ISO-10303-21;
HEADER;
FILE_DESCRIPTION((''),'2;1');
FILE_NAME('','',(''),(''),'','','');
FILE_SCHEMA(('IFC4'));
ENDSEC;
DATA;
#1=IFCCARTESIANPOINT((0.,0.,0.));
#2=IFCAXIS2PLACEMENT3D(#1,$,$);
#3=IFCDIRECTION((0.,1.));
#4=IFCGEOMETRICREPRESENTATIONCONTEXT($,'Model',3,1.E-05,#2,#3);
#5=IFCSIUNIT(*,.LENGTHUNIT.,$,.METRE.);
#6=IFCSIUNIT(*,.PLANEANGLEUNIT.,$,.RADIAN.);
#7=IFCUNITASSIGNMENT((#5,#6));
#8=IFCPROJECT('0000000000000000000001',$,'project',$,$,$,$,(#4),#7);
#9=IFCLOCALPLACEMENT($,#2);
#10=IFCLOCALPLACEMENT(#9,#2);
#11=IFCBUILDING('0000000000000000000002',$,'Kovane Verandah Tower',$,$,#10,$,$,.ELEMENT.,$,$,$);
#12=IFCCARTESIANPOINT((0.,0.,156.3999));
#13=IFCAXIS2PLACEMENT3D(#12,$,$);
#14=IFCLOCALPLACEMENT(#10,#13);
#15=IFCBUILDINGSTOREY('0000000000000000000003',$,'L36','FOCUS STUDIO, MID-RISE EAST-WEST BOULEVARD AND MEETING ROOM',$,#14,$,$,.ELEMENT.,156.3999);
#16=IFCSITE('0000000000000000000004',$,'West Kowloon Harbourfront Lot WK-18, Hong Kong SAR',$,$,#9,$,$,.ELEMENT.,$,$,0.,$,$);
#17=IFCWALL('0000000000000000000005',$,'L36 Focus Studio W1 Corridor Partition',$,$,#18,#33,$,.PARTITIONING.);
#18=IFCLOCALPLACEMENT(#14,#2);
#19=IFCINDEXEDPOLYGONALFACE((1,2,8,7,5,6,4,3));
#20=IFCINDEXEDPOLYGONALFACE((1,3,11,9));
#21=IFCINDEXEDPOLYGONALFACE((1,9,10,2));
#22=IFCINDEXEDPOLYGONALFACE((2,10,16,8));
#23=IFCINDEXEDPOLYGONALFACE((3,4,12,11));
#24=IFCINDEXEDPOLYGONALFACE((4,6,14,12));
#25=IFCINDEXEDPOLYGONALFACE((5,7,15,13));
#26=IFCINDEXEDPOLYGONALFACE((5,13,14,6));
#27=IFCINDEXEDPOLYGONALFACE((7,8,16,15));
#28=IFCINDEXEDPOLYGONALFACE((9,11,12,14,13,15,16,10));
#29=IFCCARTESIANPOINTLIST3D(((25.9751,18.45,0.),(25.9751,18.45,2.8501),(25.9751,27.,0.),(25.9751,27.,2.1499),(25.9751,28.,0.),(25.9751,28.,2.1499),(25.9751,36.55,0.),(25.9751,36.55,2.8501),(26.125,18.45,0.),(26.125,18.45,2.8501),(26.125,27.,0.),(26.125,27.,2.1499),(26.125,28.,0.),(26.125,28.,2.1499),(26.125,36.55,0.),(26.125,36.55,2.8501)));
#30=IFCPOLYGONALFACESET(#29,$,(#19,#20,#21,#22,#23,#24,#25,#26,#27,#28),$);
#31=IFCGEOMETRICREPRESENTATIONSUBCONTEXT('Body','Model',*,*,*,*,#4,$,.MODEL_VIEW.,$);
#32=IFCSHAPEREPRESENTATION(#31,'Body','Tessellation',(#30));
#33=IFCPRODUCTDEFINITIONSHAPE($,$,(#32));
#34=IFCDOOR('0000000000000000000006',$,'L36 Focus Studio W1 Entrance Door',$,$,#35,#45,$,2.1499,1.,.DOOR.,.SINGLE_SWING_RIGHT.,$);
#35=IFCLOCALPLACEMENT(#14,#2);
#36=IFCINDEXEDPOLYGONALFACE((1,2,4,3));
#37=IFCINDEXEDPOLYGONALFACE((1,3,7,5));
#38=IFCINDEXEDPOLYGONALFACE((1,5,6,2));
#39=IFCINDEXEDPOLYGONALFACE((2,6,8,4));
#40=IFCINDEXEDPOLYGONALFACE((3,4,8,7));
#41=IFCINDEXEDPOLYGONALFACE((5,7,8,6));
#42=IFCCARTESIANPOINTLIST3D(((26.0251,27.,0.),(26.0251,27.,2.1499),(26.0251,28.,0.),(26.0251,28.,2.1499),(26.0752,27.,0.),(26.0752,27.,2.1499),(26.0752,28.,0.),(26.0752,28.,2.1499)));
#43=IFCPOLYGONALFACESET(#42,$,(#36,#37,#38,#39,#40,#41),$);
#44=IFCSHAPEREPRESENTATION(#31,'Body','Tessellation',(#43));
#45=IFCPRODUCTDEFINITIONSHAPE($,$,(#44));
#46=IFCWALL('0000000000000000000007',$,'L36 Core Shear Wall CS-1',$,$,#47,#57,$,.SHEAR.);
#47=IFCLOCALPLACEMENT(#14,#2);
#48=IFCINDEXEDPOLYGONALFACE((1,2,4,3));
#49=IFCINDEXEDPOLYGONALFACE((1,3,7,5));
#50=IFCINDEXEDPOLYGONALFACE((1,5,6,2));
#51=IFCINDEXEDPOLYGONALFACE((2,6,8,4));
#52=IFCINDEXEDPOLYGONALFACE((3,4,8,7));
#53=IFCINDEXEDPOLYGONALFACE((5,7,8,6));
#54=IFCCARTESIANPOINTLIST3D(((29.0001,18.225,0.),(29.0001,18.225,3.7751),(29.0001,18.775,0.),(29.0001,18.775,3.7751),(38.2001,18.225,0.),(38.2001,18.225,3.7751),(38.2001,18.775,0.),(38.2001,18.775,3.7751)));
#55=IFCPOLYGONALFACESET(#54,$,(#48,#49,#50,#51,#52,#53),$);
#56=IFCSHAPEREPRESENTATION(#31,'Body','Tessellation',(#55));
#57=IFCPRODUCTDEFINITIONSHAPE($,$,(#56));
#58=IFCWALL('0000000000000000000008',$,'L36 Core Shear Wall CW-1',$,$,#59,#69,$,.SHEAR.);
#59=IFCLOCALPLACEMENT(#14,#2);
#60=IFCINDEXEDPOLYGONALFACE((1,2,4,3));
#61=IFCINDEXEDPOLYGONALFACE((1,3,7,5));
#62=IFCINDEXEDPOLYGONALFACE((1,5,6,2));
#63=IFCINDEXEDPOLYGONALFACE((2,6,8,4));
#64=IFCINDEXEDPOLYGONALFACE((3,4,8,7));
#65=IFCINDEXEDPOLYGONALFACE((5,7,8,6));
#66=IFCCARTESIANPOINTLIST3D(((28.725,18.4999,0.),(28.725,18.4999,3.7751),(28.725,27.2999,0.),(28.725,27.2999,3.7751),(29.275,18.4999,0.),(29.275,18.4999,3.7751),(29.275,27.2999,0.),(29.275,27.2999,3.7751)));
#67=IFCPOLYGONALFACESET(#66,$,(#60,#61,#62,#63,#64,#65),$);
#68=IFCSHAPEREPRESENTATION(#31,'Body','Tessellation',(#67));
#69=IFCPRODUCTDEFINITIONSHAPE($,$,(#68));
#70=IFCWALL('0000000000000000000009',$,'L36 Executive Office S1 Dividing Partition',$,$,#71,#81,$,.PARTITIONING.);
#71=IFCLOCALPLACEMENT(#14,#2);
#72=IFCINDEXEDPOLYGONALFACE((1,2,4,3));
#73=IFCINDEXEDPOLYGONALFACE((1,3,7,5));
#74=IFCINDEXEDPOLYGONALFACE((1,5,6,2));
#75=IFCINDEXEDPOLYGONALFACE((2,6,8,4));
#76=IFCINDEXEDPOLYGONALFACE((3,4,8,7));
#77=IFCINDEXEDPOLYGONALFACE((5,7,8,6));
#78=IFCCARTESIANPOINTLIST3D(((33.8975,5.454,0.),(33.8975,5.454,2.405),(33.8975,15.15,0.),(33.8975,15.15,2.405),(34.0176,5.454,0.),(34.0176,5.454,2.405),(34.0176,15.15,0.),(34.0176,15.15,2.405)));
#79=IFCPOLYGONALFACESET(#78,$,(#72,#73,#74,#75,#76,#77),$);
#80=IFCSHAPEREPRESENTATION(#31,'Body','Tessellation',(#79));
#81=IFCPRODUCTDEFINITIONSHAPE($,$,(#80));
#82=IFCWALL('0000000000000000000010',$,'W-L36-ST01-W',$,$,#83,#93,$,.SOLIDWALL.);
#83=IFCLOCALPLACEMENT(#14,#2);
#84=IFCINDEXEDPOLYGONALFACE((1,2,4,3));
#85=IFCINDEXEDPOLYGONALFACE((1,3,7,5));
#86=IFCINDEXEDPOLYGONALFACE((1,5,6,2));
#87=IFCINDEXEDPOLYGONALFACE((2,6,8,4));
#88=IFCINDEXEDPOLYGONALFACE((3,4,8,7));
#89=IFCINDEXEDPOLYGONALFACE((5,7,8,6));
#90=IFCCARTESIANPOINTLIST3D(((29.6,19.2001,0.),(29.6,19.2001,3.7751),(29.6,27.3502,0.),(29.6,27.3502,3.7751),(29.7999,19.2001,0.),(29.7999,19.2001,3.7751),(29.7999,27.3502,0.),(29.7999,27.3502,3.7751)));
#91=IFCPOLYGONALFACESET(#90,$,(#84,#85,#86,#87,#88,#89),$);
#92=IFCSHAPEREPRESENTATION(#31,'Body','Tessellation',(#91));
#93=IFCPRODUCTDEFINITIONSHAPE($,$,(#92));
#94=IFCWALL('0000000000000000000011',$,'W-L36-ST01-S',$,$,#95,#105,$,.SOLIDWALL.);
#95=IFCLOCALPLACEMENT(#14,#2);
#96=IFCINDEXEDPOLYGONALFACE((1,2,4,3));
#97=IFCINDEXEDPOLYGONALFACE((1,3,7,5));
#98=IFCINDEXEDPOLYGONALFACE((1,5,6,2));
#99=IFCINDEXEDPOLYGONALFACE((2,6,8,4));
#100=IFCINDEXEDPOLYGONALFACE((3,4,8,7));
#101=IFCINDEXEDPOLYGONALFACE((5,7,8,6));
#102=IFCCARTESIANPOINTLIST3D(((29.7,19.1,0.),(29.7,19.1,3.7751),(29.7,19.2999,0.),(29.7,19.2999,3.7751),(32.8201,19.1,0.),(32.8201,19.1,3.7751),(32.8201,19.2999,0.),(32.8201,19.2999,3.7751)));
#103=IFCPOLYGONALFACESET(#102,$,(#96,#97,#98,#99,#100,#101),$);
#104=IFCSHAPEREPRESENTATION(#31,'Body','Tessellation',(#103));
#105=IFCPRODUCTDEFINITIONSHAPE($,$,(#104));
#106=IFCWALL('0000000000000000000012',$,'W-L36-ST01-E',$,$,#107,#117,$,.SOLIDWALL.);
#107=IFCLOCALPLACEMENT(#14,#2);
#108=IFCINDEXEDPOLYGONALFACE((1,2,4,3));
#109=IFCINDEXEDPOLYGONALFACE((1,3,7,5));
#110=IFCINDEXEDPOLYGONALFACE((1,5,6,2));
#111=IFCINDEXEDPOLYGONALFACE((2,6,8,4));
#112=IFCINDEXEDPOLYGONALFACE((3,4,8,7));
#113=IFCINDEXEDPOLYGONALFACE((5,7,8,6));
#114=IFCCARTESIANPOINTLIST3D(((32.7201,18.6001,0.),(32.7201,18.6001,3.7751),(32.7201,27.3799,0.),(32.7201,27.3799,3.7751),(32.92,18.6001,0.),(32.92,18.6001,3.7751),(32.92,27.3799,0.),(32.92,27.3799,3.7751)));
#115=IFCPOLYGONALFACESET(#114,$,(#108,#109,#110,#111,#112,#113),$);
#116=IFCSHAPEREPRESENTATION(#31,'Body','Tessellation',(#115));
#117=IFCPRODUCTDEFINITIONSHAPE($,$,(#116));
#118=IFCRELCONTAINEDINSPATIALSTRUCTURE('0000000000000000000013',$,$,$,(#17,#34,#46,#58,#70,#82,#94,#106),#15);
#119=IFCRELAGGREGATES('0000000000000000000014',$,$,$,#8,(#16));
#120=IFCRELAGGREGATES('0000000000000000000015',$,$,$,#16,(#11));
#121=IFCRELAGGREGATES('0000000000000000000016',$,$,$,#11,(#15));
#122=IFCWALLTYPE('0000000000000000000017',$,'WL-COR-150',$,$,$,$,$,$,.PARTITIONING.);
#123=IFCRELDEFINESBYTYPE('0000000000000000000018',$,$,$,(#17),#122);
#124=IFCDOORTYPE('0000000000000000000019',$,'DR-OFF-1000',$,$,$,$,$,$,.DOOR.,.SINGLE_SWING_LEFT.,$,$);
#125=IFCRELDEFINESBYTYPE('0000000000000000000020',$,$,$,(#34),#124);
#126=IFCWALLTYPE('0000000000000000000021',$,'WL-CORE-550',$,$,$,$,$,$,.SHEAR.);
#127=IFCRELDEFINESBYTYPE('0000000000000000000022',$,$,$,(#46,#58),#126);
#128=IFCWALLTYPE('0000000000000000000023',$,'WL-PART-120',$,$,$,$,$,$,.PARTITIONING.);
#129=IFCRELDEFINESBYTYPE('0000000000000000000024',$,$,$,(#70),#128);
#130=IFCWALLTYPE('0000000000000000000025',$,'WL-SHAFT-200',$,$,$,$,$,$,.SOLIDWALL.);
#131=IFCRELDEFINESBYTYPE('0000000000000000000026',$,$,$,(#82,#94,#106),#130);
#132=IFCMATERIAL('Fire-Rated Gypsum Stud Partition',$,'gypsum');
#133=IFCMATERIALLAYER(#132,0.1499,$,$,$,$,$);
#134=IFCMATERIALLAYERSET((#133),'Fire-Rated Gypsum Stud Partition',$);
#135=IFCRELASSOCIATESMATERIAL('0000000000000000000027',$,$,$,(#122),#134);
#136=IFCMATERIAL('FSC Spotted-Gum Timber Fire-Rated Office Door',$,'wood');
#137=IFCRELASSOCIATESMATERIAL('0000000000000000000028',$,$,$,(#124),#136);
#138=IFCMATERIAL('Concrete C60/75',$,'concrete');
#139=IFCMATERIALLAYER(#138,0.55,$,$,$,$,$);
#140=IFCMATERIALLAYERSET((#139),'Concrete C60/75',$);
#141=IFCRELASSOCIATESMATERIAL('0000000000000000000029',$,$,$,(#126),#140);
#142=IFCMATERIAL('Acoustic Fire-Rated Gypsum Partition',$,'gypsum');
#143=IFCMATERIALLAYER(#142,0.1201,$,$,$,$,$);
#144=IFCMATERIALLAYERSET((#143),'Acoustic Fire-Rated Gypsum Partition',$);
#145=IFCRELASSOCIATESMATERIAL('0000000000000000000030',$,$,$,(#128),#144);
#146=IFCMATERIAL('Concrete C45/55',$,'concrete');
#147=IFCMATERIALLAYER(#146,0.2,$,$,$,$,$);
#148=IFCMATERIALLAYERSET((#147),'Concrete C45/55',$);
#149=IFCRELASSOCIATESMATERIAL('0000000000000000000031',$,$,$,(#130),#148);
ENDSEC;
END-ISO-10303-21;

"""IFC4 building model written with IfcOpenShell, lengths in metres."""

from ifc_helpers import new_model, si_unit, direction, frame, frame_2d, origin, place, context, subcontext, project, spatial, rectangle, extrude, material, layer, layer_set, type_object, element, fill, save


model = new_model("IFC4")

# Units and contexts
model_context = context("Model", 3, precision=1e-05, world=origin(), true_north=direction((0.0, 1.0)))
body_context = subcontext(model_context, "Body", "Model", "MODEL_VIEW")
ifc_project = project(units=[si_unit("LENGTHUNIT", "METRE"), si_unit("PLANEANGLEUNIT", "RADIAN")], contexts=[model_context])

# Site, building, storey
site_placement = place(None, origin())
site = spatial("IfcSite", under=ifc_project, at=site_placement, Name="West Kowloon Harbourfront Lot WK-18, Hong Kong SAR", CompositionType="ELEMENT", RefElevation=0.0)
building_placement = place(site_placement, origin())
building = spatial("IfcBuilding", under=site, at=building_placement, Name="Kovane Verandah Tower", CompositionType="ELEMENT")
storey_placement = place(building_placement, frame((0.0, 0.0, 156.3999)))
storey = spatial("IfcBuildingStorey", under=building, at=storey_placement, Name="L36", Description="FOCUS STUDIO, MID-RISE EAST-WEST BOULEVARD AND MEETING ROOM", CompositionType="ELEMENT", Elevation=156.3999)

# Wall, opening, door
ifc_material_1 = material(Name="Fire-Rated Gypsum Stud Partition", Category="gypsum")
ifc_layer_1 = layer(ifc_material_1, 0.1499)
ifc_layer_set_1 = layer_set([ifc_layer_1], Name="Fire-Rated Gypsum Stud Partition")
wall_type_1 = type_object("IfcWallType", Name="WL-COR-150", PredefinedType="PARTITIONING", material=ifc_layer_set_1)
ifc_material_2 = material(Name="FSC Spotted-Gum Timber Fire-Rated Office Door", Category="wood")
door_type_1 = type_object("IfcDoorType", Name="DR-OFF-1000", OperationType="SINGLE_SWING_LEFT", PredefinedType="DOOR", material=ifc_material_2)
wall_1_placement = place(storey_placement, frame((26.05, 18.45, 0.0), z_axis=(0.0, 0.0, 1.0), x_axis=(0.0, 1.0, 0.0)))
wall_1 = element("IfcWall", 1, at=wall_1_placement, inside=storey, type_object=wall_type_1, Name="L36 Focus Studio W1 Corridor Partition", PredefinedType="PARTITIONING", context=body_context, shape_type="SweptSolid", body=[
    extrude(rectangle(XDim=18.1001, YDim=0.1499, at=frame_2d((9.05, 0.0))), origin(), (0.0, 0.0, 1.0), 2.8501),
])
opening_1_placement = place(wall_1_placement, frame((8.55, 0.0, 0.0)))
opening_1 = element("IfcOpeningElement", 2, at=opening_1_placement, cuts=wall_1, PredefinedType="OPENING", context=body_context, shape_type="SweptSolid", body=[
    extrude(rectangle(XDim=1.0, YDim=2.1499, at=frame_2d((0.5, 1.075))), frame((0.0, 0.075, 0.0), z_axis=(0.0, -1.0, 0.0), x_axis=(1.0, 0.0, 0.0)), (0.0, 0.0, 1.0), 0.1499),
])
door_1_placement = place(opening_1_placement, origin())
door_1 = element("IfcDoor", 3, at=door_1_placement, inside=storey, type_object=door_type_1, Name="L36 Focus Studio W1 Entrance Door", OperationType="SINGLE_SWING_RIGHT", OverallHeight=2.1499, OverallWidth=1.0, PredefinedType="DOOR", context=body_context, shape_type="SweptSolid", body=[
    extrude(rectangle(XDim=1.0, YDim=2.1499, at=frame_2d((0.5, 1.075))), frame((0.0, 0.0249, 0.0), z_axis=(0.0, -1.0, 0.0), x_axis=(1.0, 0.0, 0.0)), (0.0, 0.0, 1.0), 0.05),
])
fill(opening_1, door_1)

# Walls
ifc_material_3 = material(Name="Concrete C60/75", Category="concrete")
ifc_layer_2 = layer(ifc_material_3, 0.55)
ifc_layer_set_2 = layer_set([ifc_layer_2], Name="Concrete C60/75")
wall_type_2 = type_object("IfcWallType", Name="WL-CORE-550", PredefinedType="SHEAR", material=ifc_layer_set_2)
wall_2_placement = place(storey_placement, frame((29.0, 18.5, 0.0), z_axis=(0.0, 0.0, 1.0), x_axis=(1.0, 0.0, 0.0)))
element("IfcWall", 4, at=wall_2_placement, inside=storey, type_object=wall_type_2, Name="L36 Core Shear Wall CS-1", PredefinedType="SHEAR", context=body_context, shape_type="SweptSolid", body=[
    extrude(rectangle(XDim=9.2, YDim=0.55, at=frame_2d((4.6001, 0.0))), origin(), (0.0, 0.0, 1.0), 3.7751),
])
wall_3_placement = place(storey_placement, frame((29.0, 18.5, 0.0), z_axis=(0.0, 0.0, 1.0), x_axis=(0.0, 1.0, 0.0)))
element("IfcWall", 5, at=wall_3_placement, inside=storey, type_object=wall_type_2, Name="L36 Core Shear Wall CW-1", PredefinedType="SHEAR", context=body_context, shape_type="SweptSolid", body=[
    extrude(rectangle(XDim=8.8, YDim=0.55, at=frame_2d((4.3999, 0.0))), origin(), (0.0, 0.0, 1.0), 3.7751),
])
ifc_material_4 = material(Name="Acoustic Fire-Rated Gypsum Partition", Category="gypsum")
ifc_layer_3 = layer(ifc_material_4, 0.1201)
ifc_layer_set_3 = layer_set([ifc_layer_3], Name="Acoustic Fire-Rated Gypsum Partition")
wall_type_3 = type_object("IfcWallType", Name="WL-PART-120", PredefinedType="PARTITIONING", material=ifc_layer_set_3)
wall_4_placement = place(storey_placement, frame((33.9575, 5.4539, 0.0), z_axis=(0.0, 0.0, 1.0), x_axis=(0.0, 1.0, 0.0)))
element("IfcWall", 6, at=wall_4_placement, inside=storey, type_object=wall_type_3, Name="L36 Executive Office S1 Dividing Partition", PredefinedType="PARTITIONING", context=body_context, shape_type="SweptSolid", body=[
    extrude(rectangle(XDim=9.696, YDim=0.1201, at=frame_2d((4.8481, 0.0))), origin(), (0.0, 0.0, 1.0), 2.405),
])
ifc_material_5 = material(Name="Concrete C45/55", Category="concrete")
ifc_layer_4 = layer(ifc_material_5, 0.2)
ifc_layer_set_4 = layer_set([ifc_layer_4], Name="Concrete C45/55")
wall_type_4 = type_object("IfcWallType", Name="WL-SHAFT-200", PredefinedType="SOLIDWALL", material=ifc_layer_set_4)
wall_5_placement = place(storey_placement, frame((29.7, 19.2, 0.0), z_axis=(0.0, 0.0, 1.0), x_axis=(0.0, 1.0, 0.0)))
element("IfcWall", 7, at=wall_5_placement, inside=storey, type_object=wall_type_4, Name="W-L36-ST01-W", PredefinedType="SOLIDWALL", context=body_context, shape_type="SweptSolid", body=[
    extrude(rectangle(XDim=8.1501, YDim=0.2, at=frame_2d((4.0752, 0.0))), origin(), (0.0, 0.0, 1.0), 3.7751),
])
wall_6_placement = place(storey_placement, frame((29.7, 19.2, 0.0), z_axis=(0.0, 0.0, 1.0), x_axis=(1.0, 0.0, 0.0)))
element("IfcWall", 8, at=wall_6_placement, inside=storey, type_object=wall_type_4, Name="W-L36-ST01-S", PredefinedType="SOLIDWALL", context=body_context, shape_type="SweptSolid", body=[
    extrude(rectangle(XDim=3.1201, YDim=0.2, at=frame_2d((1.5601, 0.0))), origin(), (0.0, 0.0, 1.0), 3.7751),
])
wall_7_placement = place(storey_placement, frame((32.8201, 18.6001, 0.0), z_axis=(0.0, 0.0, 1.0), x_axis=(0.0, 1.0, 0.0)))
element("IfcWall", 9, at=wall_7_placement, inside=storey, type_object=wall_type_4, Name="W-L36-ST01-E", PredefinedType="SOLIDWALL", context=body_context, shape_type="SweptSolid", body=[
    extrude(rectangle(XDim=8.7798, YDim=0.2, at=frame_2d((4.3899, 0.0))), origin(), (0.0, 0.0, 1.0), 3.7751),
])

save(model, "model.ifc")
